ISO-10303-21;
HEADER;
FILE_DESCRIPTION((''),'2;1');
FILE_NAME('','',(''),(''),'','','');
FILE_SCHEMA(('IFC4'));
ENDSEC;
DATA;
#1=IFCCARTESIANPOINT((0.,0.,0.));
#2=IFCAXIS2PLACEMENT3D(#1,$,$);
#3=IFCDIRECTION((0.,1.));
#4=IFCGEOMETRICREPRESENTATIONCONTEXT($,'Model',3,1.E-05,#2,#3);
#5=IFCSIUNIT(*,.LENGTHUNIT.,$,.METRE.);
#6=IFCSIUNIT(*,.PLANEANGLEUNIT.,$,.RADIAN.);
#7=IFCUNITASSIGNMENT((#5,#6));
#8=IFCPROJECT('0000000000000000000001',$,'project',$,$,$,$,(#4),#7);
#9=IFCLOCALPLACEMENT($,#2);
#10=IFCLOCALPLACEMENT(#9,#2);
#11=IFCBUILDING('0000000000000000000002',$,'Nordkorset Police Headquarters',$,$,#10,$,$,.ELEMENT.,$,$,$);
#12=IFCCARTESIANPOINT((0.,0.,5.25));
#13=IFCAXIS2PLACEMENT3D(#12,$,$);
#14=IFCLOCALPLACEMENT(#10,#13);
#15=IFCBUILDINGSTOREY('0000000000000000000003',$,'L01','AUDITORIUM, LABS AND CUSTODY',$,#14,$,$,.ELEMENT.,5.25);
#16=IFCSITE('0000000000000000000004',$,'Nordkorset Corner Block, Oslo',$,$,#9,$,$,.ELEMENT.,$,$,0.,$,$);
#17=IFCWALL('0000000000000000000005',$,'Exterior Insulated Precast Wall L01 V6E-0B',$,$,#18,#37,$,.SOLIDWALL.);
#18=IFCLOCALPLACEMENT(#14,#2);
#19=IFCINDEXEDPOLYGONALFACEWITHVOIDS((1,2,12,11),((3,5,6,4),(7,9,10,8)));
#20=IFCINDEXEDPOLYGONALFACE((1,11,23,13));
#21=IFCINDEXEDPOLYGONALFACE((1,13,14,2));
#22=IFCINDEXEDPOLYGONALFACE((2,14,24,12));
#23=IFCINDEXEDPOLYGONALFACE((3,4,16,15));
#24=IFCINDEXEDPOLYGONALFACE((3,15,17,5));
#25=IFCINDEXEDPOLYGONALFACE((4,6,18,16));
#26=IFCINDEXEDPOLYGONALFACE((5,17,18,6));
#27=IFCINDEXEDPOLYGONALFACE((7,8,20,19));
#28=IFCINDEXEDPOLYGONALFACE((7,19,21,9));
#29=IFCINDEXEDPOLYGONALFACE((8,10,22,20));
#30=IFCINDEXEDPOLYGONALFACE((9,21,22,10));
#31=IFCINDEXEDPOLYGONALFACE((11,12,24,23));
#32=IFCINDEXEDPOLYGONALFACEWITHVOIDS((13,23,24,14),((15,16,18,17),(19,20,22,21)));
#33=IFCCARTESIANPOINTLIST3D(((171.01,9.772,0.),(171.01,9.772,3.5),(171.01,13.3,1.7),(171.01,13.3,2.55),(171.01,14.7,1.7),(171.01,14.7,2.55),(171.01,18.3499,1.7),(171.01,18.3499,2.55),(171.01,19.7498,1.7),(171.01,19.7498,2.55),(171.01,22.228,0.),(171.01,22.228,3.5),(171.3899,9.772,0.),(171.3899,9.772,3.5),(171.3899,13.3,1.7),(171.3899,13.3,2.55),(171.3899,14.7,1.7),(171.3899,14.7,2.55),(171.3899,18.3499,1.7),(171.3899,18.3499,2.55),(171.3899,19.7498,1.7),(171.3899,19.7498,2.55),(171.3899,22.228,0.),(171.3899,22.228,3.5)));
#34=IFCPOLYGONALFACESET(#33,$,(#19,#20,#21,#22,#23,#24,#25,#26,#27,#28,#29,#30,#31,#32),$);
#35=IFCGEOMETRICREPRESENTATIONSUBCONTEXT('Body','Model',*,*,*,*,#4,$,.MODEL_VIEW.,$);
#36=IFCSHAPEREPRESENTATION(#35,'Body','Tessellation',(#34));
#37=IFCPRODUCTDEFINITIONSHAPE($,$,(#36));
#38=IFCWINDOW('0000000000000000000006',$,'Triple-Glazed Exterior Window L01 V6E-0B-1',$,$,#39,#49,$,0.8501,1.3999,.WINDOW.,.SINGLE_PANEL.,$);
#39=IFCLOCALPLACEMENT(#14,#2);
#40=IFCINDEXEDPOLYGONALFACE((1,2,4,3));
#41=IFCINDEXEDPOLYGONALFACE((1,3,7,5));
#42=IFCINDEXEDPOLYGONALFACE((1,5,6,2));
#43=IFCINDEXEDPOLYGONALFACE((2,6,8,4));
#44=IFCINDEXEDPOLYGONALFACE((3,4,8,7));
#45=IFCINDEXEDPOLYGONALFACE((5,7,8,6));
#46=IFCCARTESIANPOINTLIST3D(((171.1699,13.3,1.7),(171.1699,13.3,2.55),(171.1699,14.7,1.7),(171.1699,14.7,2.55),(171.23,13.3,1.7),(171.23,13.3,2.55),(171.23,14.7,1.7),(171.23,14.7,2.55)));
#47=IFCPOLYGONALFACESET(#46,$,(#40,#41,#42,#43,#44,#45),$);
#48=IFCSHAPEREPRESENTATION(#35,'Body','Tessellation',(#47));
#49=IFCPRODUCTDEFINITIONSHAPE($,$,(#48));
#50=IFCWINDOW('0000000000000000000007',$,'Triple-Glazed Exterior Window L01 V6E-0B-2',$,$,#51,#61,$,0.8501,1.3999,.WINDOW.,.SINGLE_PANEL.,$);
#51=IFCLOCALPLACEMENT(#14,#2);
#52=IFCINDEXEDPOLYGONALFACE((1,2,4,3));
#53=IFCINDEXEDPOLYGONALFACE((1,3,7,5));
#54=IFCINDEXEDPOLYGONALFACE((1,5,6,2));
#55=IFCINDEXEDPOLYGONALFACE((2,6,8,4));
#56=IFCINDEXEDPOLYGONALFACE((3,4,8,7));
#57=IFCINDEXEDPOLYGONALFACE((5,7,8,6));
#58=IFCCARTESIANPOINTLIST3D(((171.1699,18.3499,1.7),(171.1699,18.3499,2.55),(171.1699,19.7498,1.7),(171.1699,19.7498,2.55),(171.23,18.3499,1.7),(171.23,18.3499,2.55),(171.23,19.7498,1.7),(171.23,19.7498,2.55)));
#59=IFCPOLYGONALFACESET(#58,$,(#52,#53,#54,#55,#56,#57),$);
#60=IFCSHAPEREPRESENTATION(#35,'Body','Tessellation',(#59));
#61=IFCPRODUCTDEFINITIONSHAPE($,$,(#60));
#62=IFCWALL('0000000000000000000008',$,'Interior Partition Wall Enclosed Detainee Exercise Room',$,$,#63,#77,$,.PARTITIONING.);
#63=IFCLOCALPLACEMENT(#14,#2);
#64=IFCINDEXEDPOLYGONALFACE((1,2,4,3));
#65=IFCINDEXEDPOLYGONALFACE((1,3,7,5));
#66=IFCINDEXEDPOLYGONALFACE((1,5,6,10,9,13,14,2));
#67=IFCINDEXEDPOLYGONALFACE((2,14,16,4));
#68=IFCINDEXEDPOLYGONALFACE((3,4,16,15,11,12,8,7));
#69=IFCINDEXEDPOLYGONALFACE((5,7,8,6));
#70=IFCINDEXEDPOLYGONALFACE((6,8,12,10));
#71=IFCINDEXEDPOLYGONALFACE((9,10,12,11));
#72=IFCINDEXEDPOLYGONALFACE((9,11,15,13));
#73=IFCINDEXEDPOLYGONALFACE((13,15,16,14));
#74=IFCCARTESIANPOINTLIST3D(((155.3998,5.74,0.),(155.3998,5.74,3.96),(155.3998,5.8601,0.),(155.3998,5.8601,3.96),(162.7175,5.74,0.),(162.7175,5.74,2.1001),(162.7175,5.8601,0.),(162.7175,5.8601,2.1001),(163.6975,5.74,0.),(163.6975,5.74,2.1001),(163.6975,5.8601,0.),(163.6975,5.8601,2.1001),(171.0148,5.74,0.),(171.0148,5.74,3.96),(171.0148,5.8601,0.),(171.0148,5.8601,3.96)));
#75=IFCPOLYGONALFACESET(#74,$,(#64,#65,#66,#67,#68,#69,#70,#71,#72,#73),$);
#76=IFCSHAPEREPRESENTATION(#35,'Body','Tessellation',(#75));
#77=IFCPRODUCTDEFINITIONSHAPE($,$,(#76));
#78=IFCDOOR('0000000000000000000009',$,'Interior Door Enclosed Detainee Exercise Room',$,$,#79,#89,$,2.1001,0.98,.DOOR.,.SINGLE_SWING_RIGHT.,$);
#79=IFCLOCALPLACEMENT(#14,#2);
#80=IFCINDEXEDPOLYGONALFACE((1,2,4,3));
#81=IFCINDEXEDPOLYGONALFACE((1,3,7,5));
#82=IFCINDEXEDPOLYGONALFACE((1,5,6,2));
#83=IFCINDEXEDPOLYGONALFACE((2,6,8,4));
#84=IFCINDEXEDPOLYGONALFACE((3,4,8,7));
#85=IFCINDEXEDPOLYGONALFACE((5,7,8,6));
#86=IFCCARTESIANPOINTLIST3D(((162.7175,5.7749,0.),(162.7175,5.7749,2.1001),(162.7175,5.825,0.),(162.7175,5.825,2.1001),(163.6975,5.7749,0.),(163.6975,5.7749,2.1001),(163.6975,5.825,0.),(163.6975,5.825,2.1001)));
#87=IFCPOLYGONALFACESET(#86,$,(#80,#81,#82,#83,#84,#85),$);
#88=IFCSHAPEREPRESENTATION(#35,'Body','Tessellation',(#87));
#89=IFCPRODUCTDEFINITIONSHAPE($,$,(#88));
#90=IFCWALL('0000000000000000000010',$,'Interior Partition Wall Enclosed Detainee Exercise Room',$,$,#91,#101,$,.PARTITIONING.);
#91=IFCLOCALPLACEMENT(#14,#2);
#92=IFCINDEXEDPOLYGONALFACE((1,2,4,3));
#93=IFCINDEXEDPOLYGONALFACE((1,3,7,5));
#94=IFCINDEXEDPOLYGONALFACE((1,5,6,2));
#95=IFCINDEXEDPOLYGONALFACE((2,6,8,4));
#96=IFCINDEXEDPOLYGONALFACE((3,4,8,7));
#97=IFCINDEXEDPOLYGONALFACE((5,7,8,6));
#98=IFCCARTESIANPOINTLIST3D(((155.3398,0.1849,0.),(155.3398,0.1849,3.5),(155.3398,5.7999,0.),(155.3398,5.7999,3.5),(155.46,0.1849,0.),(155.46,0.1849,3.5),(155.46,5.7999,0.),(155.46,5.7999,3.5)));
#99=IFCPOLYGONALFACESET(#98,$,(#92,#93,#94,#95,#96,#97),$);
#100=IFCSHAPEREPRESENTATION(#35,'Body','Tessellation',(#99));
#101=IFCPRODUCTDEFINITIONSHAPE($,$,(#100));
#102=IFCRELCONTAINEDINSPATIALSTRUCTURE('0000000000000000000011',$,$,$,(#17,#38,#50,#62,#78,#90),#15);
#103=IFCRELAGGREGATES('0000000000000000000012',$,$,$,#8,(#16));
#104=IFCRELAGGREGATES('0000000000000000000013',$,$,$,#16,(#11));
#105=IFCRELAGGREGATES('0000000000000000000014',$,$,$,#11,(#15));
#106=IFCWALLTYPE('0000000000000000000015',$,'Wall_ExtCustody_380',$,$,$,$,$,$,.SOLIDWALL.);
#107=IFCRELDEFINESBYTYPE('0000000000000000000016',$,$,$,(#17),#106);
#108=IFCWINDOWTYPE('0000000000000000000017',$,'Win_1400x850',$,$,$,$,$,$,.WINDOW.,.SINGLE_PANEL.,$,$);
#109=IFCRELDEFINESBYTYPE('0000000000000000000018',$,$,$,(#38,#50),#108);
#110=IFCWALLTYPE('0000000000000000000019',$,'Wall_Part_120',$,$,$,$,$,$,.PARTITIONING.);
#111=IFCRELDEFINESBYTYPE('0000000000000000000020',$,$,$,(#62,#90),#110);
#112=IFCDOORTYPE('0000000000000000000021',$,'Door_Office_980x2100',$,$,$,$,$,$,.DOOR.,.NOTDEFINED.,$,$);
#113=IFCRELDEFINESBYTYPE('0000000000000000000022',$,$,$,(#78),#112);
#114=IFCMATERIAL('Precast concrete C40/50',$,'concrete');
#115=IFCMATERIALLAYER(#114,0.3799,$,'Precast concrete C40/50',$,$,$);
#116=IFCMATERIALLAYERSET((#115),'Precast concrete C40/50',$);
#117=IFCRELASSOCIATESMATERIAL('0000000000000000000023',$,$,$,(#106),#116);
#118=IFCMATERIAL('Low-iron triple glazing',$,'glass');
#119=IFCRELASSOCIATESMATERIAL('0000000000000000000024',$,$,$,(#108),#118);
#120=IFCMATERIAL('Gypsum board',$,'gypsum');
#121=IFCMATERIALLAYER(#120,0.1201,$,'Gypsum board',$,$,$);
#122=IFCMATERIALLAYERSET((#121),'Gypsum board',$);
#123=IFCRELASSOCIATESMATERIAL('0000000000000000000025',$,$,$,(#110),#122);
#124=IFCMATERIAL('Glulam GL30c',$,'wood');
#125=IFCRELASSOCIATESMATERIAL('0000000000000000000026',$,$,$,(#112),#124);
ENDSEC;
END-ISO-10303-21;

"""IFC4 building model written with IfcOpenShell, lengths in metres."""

from ifc_helpers import new_model, si_unit, direction, frame, frame_2d, origin, place, context, subcontext, project, spatial, rectangle, extrude, material, layer, layer_set, type_object, element, fill, save


model = new_model("IFC4")

# Units and contexts
model_context = context("Model", 3, precision=1e-05, world=origin(), true_north=direction((0.0, 1.0)))
body_context = subcontext(model_context, "Body", "Model", "MODEL_VIEW")
ifc_project = project(units=[si_unit("LENGTHUNIT", "METRE"), si_unit("PLANEANGLEUNIT", "RADIAN")], contexts=[model_context])

# Site, building, storey
site_placement = place(None, origin())
site = spatial("IfcSite", under=ifc_project, at=site_placement, Name="Nordkorset Corner Block, Oslo", CompositionType="ELEMENT", RefElevation=0.0)
building_placement = place(site_placement, origin())
building = spatial("IfcBuilding", under=site, at=building_placement, Name="Nordkorset Police Headquarters", CompositionType="ELEMENT")
storey_placement = place(building_placement, frame((0.0, 0.0, 5.25)))
storey = spatial("IfcBuildingStorey", under=building, at=storey_placement, Name="L01", Description="AUDITORIUM, LABS AND CUSTODY", CompositionType="ELEMENT", Elevation=5.25)

# Shared definitions
ifc_material_1 = material(Name="Precast concrete C40/50", Category="concrete")
ifc_layer_1 = layer(ifc_material_1, 0.3799, Name="Precast concrete C40/50")
ifc_layer_set_1 = layer_set([ifc_layer_1], Name="Precast concrete C40/50")
wall_type_1 = type_object("IfcWallType", Name="Wall_ExtCustody_380", PredefinedType="SOLIDWALL", material=ifc_layer_set_1)

# Wall, openings, windows
wall_1_placement = place(storey_placement, frame((171.2, 9.772, 0.0), z_axis=(0.0, 0.0, 1.0), x_axis=(0.0, 1.0, 0.0)))
wall_1 = element("IfcWall", 1, at=wall_1_placement, inside=storey, type_object=wall_type_1, Name="Exterior Insulated Precast Wall L01 V6E-0B", PredefinedType="SOLIDWALL", context=body_context, shape_type="SweptSolid", body=[
    extrude(rectangle(XDim=12.4561, YDim=0.3799, at=frame_2d((6.228, 0.0))), origin(), (0.0, 0.0, 1.0), 3.5),
])
opening_1_placement = place(wall_1_placement, frame((3.5281, 0.0, 1.7)))
opening_1 = element("IfcOpeningElement", 2, at=opening_1_placement, cuts=wall_1, PredefinedType="OPENING", context=body_context, shape_type="SweptSolid", body=[
    extrude(rectangle(XDim=1.3999, YDim=0.8501, at=frame_2d((0.7, 0.425))), frame((0.0, 0.2, 0.0), z_axis=(0.0, -1.0, 0.0), x_axis=(1.0, 0.0, 0.0)), (0.0, 0.0, 1.0), 0.3999),
])
opening_2_placement = place(wall_1_placement, frame((8.5779, 0.0, 1.7)))
opening_2 = element("IfcOpeningElement", 3, at=opening_2_placement, cuts=wall_1, PredefinedType="OPENING", context=body_context, shape_type="SweptSolid", body=[
    extrude(rectangle(XDim=1.3999, YDim=0.8501, at=frame_2d((0.7, 0.425))), frame((0.0, 0.2, 0.0), z_axis=(0.0, -1.0, 0.0), x_axis=(1.0, 0.0, 0.0)), (0.0, 0.0, 1.0), 0.3999),
])
ifc_material_2 = material(Name="Low-iron triple glazing", Category="glass")
window_type = type_object("IfcWindowType", Name="Win_1400x850", PartitioningType="SINGLE_PANEL", PredefinedType="WINDOW", material=ifc_material_2)
window_1_placement = place(opening_1_placement, origin())
window_1 = element("IfcWindow", 4, at=window_1_placement, inside=storey, type_object=window_type, Name="Triple-Glazed Exterior Window L01 V6E-0B-1", OverallHeight=0.8501, OverallWidth=1.3999, PartitioningType="SINGLE_PANEL", PredefinedType="WINDOW", context=body_context, shape_type="SweptSolid", body=[
    extrude(rectangle(XDim=1.3999, YDim=0.8501, at=frame_2d((0.7, 0.425))), frame((0.0, 0.03, 0.0), z_axis=(0.0, -1.0, 0.0), x_axis=(1.0, 0.0, 0.0)), (0.0, 0.0, 1.0), 0.0601),
])
fill(opening_1, window_1)
window_2_placement = place(opening_2_placement, origin())
window_2 = element("IfcWindow", 5, at=window_2_placement, inside=storey, type_object=window_type, Name="Triple-Glazed Exterior Window L01 V6E-0B-2", OverallHeight=0.8501, OverallWidth=1.3999, PartitioningType="SINGLE_PANEL", PredefinedType="WINDOW", context=body_context, shape_type="SweptSolid", body=[
    extrude(rectangle(XDim=1.3999, YDim=0.8501, at=frame_2d((0.7, 0.425))), frame((0.0, 0.03, 0.0), z_axis=(0.0, -1.0, 0.0), x_axis=(1.0, 0.0, 0.0)), (0.0, 0.0, 1.0), 0.0601),
])
fill(opening_2, window_2)

# Wall, opening, door
ifc_material_3 = material(Name="Gypsum board", Category="gypsum")
ifc_layer_2 = layer(ifc_material_3, 0.1201, Name="Gypsum board")
ifc_layer_set_2 = layer_set([ifc_layer_2], Name="Gypsum board")
wall_type_2 = type_object("IfcWallType", Name="Wall_Part_120", PredefinedType="PARTITIONING", material=ifc_layer_set_2)
wall_2_placement = place(storey_placement, frame((171.0149, 5.8, 0.0), z_axis=(0.0, 0.0, 1.0), x_axis=(-1.0, 0.0, 0.0)))
wall_2 = element("IfcWall", 6, at=wall_2_placement, inside=storey, type_object=wall_type_2, Name="Interior Partition Wall Enclosed Detainee Exercise Room", PredefinedType="PARTITIONING", context=body_context, shape_type="SweptSolid", body=[
    extrude(rectangle(XDim=15.615, YDim=0.1201, at=frame_2d((7.8076, 0.0))), origin(), (0.0, 0.0, 1.0), 3.96),
])
opening_3_placement = place(wall_2_placement, frame((7.3174, 0.0, 0.0)))
opening_3 = element("IfcOpeningElement", 7, at=opening_3_placement, cuts=wall_2, PredefinedType="OPENING", context=body_context, shape_type="SweptSolid", body=[
    extrude(rectangle(XDim=0.98, YDim=2.1001, at=frame_2d((0.49, 1.05))), frame((0.0, 0.0701, 0.0), z_axis=(0.0, -1.0, 0.0), x_axis=(1.0, 0.0, 0.0)), (0.0, 0.0, 1.0), 0.1401),
])
ifc_material_4 = material(Name="Glulam GL30c", Category="wood")
door_type_1 = type_object("IfcDoorType", Name="Door_Office_980x2100", OperationType="NOTDEFINED", PredefinedType="DOOR", material=ifc_material_4)
door_1_placement = place(opening_3_placement, frame((0.98, 0.0, 0.0), z_axis=(0.0, 0.0, 1.0), x_axis=(-1.0, 0.0, 0.0)))
door_1 = element("IfcDoor", 8, at=door_1_placement, inside=storey, type_object=door_type_1, Name="Interior Door Enclosed Detainee Exercise Room", OperationType="SINGLE_SWING_RIGHT", OverallHeight=2.1001, OverallWidth=0.98, PredefinedType="DOOR", context=body_context, shape_type="SweptSolid", body=[
    extrude(rectangle(XDim=0.98, YDim=2.1001, at=frame_2d((0.49, 1.05))), frame((0.0, 0.0249, 0.0), z_axis=(0.0, -1.0, 0.0), x_axis=(1.0, 0.0, 0.0)), (0.0, 0.0, 1.0), 0.05),
])
fill(opening_3, door_1)

# Wall
wall_3_placement = place(storey_placement, frame((155.3999, 5.8, 0.0), z_axis=(0.0, 0.0, 1.0), x_axis=(0.0, -1.0, 0.0)))
element("IfcWall", 9, at=wall_3_placement, inside=storey, type_object=wall_type_2, Name="Interior Partition Wall Enclosed Detainee Exercise Room", PredefinedType="PARTITIONING", context=body_context, shape_type="SweptSolid", body=[
    extrude(rectangle(XDim=5.615, YDim=0.1201, at=frame_2d((2.8076, 0.0))), origin(), (0.0, 0.0, 1.0), 3.5),
])

save(model, "model.ifc")
